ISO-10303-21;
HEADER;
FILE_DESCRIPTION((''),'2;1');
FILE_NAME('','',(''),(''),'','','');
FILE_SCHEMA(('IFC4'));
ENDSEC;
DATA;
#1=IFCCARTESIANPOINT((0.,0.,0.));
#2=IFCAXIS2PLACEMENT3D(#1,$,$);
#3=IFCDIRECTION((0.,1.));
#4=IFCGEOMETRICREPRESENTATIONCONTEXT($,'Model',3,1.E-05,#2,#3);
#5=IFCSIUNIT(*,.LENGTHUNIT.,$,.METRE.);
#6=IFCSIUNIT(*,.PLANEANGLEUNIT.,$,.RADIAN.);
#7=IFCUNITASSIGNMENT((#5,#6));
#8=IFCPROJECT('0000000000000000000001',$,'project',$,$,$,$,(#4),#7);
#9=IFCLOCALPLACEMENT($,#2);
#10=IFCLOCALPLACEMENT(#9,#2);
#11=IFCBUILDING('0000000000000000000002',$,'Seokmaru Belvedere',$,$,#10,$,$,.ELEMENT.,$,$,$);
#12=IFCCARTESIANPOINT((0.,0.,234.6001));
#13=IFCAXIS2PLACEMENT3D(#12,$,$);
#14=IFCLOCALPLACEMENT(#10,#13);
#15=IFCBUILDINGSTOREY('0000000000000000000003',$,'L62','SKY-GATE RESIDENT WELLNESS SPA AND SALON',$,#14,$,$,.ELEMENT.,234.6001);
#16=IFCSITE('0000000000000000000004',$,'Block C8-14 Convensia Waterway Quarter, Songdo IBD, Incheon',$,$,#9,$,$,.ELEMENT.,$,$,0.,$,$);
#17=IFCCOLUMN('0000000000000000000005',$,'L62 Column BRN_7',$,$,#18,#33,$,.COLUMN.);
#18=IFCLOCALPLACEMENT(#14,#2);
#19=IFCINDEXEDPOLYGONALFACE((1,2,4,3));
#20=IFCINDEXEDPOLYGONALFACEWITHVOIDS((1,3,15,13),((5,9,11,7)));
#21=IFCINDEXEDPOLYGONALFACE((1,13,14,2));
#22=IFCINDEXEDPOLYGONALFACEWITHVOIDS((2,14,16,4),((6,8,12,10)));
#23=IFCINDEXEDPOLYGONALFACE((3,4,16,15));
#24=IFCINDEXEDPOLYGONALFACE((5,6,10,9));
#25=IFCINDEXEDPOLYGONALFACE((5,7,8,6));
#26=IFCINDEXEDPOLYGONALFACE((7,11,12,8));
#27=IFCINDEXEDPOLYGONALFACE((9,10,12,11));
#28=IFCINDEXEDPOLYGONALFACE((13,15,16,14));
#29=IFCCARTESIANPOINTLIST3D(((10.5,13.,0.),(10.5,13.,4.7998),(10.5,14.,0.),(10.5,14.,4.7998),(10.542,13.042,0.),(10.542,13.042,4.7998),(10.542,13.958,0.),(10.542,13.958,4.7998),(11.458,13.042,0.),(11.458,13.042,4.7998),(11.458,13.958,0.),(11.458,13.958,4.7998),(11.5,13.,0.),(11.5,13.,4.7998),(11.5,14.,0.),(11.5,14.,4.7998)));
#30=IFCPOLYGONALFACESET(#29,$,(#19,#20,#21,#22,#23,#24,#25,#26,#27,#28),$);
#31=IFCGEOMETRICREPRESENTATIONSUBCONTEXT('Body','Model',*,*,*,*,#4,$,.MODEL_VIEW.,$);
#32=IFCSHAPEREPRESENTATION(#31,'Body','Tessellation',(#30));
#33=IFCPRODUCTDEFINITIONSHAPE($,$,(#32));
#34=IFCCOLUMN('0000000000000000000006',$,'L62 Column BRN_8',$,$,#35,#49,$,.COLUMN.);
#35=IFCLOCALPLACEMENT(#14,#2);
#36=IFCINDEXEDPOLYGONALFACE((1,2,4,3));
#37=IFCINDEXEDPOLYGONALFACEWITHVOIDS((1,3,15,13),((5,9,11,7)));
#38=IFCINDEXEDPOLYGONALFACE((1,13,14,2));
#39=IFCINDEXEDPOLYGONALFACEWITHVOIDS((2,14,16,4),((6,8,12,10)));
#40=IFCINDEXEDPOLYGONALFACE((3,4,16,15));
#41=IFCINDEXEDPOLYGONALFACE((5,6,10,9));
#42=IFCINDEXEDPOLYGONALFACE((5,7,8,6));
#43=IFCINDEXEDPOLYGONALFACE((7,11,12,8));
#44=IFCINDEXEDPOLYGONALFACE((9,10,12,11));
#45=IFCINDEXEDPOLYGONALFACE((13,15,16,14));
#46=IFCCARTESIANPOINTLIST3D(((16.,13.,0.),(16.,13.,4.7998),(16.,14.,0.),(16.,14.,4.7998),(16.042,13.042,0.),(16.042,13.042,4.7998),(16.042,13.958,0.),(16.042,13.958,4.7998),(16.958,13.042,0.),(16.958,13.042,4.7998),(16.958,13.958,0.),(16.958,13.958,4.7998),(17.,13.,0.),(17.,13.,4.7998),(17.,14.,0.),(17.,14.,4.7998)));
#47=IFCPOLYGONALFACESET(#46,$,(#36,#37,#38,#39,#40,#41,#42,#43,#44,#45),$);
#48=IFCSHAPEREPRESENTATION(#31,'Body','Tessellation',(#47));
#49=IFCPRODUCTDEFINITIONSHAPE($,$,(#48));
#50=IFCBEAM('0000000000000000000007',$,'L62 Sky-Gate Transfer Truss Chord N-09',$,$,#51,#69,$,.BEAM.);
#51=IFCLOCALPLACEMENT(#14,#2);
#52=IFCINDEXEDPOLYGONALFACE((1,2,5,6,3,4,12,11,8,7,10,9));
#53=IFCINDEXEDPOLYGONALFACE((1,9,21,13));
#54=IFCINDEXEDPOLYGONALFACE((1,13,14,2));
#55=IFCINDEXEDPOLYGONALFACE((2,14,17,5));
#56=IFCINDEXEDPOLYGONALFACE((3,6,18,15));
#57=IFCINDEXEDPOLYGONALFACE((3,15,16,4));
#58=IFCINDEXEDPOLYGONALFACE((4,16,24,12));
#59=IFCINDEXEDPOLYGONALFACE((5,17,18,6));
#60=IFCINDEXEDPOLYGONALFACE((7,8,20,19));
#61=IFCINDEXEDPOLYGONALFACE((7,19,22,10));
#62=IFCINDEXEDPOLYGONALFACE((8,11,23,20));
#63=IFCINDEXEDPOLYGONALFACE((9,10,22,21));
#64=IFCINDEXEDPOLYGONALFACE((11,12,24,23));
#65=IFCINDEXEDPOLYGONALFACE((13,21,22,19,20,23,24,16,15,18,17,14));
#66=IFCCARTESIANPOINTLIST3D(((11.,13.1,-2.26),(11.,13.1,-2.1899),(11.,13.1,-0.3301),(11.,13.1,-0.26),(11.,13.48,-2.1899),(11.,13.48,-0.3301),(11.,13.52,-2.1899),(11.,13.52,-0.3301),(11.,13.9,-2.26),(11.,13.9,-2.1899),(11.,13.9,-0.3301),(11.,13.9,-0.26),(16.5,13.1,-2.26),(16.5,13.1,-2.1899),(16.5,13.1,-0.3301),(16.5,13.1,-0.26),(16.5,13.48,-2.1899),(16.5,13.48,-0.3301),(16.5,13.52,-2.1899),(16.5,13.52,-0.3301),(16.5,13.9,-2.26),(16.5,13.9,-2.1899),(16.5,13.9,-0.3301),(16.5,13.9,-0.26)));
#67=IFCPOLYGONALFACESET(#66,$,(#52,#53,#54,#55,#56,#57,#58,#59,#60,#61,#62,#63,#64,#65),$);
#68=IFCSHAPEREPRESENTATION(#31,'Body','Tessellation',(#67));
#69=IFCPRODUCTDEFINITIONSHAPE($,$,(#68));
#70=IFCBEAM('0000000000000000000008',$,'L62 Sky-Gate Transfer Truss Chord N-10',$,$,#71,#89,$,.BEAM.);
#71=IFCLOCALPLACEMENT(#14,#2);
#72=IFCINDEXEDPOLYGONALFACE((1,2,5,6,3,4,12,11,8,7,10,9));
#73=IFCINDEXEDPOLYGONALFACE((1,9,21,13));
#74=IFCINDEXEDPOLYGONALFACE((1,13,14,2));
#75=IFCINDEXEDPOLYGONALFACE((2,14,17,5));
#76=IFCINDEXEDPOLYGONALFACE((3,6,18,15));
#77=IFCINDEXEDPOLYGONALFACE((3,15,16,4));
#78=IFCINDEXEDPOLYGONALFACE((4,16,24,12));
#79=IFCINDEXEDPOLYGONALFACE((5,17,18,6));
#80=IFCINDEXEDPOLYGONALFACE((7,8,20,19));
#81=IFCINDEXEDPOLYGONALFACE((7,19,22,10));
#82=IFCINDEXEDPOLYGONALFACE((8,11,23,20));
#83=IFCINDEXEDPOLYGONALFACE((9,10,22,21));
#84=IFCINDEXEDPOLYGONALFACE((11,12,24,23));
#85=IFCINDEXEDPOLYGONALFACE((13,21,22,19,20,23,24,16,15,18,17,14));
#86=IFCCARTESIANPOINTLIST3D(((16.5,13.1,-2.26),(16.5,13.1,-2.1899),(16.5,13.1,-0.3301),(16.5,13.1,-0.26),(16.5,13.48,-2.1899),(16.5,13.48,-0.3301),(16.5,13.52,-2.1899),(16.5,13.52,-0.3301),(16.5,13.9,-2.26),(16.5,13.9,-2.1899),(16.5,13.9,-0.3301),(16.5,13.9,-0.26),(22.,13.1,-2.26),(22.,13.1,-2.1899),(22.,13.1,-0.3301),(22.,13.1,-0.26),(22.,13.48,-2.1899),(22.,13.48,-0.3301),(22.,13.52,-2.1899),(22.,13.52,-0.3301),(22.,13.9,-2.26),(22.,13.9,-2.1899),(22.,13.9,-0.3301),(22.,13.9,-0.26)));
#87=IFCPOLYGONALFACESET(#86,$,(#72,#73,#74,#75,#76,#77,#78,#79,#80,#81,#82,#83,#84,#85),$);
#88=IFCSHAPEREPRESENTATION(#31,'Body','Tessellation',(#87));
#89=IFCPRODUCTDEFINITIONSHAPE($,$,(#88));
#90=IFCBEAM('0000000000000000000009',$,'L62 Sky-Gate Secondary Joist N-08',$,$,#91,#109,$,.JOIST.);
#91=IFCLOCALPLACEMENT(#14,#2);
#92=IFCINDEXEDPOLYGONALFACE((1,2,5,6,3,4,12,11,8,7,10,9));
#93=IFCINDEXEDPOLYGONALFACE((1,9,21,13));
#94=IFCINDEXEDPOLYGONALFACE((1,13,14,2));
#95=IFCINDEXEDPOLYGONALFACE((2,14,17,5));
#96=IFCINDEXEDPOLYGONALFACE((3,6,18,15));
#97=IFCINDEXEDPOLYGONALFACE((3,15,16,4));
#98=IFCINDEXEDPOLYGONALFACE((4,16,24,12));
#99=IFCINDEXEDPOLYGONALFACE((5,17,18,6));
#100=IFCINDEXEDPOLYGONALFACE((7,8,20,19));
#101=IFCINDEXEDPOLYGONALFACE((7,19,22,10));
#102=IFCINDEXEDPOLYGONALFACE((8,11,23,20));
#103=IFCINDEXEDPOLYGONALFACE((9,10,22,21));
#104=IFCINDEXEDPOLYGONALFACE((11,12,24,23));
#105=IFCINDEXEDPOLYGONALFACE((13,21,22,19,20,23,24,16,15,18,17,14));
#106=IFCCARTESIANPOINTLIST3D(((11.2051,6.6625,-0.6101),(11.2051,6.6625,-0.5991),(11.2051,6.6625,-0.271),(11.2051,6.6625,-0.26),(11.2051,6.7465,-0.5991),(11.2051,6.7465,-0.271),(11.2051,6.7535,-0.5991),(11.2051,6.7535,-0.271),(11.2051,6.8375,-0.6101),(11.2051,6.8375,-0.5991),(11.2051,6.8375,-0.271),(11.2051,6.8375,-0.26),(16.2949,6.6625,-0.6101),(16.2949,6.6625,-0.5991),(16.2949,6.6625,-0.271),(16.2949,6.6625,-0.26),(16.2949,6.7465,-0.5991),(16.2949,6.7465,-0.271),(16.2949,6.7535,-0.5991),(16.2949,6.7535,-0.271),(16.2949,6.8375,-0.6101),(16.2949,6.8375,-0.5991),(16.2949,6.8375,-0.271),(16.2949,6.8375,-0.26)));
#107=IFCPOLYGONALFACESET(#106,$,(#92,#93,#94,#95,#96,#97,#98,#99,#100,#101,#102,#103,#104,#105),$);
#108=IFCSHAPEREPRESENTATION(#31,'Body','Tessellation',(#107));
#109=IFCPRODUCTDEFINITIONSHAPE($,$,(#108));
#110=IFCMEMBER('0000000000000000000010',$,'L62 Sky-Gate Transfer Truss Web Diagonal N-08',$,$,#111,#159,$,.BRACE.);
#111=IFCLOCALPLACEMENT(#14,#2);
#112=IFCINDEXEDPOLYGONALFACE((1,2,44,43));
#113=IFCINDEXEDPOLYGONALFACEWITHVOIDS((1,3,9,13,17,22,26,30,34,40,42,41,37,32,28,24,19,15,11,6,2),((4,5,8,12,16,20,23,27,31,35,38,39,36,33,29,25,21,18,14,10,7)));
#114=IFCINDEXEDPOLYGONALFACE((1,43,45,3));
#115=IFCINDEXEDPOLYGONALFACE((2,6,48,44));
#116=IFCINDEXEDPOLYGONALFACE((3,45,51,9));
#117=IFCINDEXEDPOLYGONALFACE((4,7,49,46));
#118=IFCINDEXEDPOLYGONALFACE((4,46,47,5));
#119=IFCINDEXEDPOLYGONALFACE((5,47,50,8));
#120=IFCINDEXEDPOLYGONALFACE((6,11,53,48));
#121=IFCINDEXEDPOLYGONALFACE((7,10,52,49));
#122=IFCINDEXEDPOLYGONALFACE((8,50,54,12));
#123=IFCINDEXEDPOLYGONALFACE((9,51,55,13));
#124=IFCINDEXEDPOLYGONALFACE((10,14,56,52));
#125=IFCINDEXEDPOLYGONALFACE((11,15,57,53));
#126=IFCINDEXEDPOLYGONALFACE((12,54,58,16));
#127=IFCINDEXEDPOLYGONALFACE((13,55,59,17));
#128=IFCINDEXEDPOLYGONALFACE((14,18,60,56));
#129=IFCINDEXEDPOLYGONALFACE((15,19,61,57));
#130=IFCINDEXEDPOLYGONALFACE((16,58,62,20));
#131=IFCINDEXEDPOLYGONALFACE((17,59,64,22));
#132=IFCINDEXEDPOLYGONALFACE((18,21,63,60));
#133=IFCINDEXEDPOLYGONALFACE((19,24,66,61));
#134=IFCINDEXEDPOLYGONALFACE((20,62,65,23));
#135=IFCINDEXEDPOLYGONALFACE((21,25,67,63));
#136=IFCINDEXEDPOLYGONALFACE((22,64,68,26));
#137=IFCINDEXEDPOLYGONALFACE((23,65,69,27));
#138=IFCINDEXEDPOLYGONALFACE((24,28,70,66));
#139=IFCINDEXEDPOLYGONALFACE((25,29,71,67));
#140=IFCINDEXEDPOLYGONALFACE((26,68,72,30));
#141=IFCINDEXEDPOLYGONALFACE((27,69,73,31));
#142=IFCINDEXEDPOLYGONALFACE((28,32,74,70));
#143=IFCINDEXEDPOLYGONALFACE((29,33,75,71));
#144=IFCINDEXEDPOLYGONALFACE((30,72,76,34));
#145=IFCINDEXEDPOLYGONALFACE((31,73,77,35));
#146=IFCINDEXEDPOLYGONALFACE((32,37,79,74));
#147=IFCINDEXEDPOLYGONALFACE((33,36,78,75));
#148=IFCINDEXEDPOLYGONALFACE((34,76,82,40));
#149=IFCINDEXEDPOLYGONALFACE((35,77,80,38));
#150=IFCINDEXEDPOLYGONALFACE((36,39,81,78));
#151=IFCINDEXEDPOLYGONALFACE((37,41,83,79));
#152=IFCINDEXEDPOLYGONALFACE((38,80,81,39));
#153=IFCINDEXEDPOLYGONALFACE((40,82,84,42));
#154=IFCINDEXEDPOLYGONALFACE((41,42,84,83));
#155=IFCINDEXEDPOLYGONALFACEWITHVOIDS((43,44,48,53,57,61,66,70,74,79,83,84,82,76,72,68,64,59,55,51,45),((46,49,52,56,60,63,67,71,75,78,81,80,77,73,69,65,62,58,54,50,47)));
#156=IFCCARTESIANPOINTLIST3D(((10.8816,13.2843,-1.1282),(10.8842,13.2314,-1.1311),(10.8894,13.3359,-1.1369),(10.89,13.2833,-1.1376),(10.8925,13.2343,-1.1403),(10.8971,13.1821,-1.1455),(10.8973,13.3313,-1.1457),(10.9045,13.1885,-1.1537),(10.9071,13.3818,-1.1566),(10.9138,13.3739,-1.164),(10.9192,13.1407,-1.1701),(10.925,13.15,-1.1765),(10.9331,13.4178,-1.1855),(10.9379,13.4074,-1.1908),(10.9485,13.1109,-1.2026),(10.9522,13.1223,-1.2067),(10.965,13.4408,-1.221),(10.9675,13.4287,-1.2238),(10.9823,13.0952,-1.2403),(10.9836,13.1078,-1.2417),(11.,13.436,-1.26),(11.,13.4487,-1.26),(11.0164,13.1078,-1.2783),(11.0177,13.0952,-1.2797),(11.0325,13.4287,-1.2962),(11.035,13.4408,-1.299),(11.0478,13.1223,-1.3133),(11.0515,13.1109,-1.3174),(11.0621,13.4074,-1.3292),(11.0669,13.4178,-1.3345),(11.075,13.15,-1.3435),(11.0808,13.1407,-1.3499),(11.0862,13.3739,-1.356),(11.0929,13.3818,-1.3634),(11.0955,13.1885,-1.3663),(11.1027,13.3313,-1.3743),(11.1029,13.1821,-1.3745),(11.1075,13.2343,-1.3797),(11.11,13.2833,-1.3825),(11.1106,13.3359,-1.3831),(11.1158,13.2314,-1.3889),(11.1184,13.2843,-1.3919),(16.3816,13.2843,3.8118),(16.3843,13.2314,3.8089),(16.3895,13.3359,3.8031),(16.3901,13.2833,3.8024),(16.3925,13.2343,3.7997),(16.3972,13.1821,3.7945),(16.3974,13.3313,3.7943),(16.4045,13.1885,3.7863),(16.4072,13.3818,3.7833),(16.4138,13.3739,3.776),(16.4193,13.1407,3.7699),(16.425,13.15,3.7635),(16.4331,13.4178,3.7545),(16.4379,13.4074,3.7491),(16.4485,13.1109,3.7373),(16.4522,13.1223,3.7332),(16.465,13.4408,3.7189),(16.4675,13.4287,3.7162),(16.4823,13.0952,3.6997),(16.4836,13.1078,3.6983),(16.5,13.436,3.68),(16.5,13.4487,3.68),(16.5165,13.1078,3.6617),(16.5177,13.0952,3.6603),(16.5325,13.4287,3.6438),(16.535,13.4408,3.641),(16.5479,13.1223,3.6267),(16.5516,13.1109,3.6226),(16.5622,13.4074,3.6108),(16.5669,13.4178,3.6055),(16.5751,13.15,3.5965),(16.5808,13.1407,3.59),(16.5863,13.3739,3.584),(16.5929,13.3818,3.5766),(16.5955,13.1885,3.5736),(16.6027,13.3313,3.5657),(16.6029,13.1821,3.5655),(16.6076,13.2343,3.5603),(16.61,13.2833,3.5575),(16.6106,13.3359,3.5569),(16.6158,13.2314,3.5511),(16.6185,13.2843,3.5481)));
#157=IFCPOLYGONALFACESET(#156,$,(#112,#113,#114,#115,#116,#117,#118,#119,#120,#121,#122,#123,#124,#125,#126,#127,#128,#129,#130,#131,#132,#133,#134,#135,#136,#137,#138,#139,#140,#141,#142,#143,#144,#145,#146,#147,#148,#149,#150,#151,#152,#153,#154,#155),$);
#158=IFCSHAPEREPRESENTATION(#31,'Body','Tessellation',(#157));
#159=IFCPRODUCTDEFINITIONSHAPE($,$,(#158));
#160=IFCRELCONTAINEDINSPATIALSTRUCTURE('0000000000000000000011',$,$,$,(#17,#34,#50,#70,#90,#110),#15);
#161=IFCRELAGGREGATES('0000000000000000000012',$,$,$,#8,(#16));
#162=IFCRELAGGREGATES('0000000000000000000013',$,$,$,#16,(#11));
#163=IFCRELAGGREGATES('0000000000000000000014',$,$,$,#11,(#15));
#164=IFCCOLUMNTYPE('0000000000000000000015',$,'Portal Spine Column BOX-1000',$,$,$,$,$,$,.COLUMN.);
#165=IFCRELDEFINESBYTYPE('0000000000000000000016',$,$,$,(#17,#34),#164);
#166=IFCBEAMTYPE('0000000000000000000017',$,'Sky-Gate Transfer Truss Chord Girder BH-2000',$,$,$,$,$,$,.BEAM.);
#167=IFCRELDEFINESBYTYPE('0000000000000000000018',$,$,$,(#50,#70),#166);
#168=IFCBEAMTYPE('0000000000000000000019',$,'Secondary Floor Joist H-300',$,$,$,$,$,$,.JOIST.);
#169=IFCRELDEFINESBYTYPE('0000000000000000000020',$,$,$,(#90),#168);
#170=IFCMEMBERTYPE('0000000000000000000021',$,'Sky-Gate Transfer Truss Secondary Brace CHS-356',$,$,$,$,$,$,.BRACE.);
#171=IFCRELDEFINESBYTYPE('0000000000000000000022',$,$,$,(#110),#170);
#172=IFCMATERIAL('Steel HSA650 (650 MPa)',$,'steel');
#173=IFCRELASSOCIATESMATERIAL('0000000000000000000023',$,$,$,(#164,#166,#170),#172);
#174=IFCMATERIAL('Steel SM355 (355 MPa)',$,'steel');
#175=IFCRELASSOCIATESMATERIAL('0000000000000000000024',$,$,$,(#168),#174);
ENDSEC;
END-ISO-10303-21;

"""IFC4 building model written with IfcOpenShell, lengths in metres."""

from ifc_helpers import new_model, si_unit, direction, frame, origin, origin_2d, place, context, subcontext, project, spatial, hollow_rectangle, hollow_circle, i_section, extrude, source, transform, mapped, material, material_profile, profile_set, type_object, type_shapes, element, save


model = new_model("IFC4")

# Units and contexts
model_context = context("Model", 3, precision=1e-05, world=origin(), true_north=direction((0.0, 1.0)))
body_context = subcontext(model_context, "Body", "Model", "MODEL_VIEW")
ifc_project = project(units=[si_unit("LENGTHUNIT", "METRE"), si_unit("PLANEANGLEUNIT", "RADIAN")], contexts=[model_context])

# Site, building, storey
site_placement = place(None, origin())
site = spatial("IfcSite", under=ifc_project, at=site_placement, Name="Block C8-14 Convensia Waterway Quarter, Songdo IBD, Incheon", CompositionType="ELEMENT", RefElevation=0.0)
building_placement = place(site_placement, origin())
building = spatial("IfcBuilding", under=site, at=building_placement, Name="Seokmaru Belvedere", CompositionType="ELEMENT")
storey_placement = place(building_placement, frame((0.0, 0.0, 234.6001)))
storey = spatial("IfcBuildingStorey", under=building, at=storey_placement, Name="L62", Description="SKY-GATE RESIDENT WELLNESS SPA AND SALON", CompositionType="ELEMENT", Elevation=234.6001)

# Columns
ifc_material_1 = material(Name="Steel HSA650 (650 MPa)", Category="steel")
ifc_material_profile_1 = material_profile(ifc_material_1, hollow_rectangle(XDim=1.0, YDim=1.0, WallThickness=0.042, at=origin_2d()), Name="BOX-1000x1000x42")
ifc_profile_set_1 = profile_set([ifc_material_profile_1], Name="Steel HSA650 (650 MPa)")
column_type = type_object("IfcColumnType", Name="Portal Spine Column BOX-1000", PredefinedType="COLUMN", material=ifc_profile_set_1)
shared_shape_1 = source(origin(), body_context, "Body", "SweptSolid", [
    extrude(hollow_rectangle(XDim=1.0, YDim=1.0, WallThickness=0.042, at=origin_2d()), origin(), (0.0, 0.0, 1.0), 4.7998),
])
type_shapes(column_type, [shared_shape_1])
for number, where, z_axis, x_axis, name in (
    (1, (11.0, 13.5, 0.0), (0.0, 0.0, 1.0), (1.0, 0.0, 0.0), "L62 Column BRN_7"),
    (2, (16.5, 13.5, 0.0), (0.0, 0.0, 1.0), (1.0, 0.0, 0.0), "L62 Column BRN_8"),
):
    element("IfcColumn", number, at=place(storey_placement, frame(where, z_axis=z_axis, x_axis=x_axis)), inside=storey, type_object=column_type, Name=name, PredefinedType="COLUMN", context=body_context, shape_type="MappedRepresentation", body=[
        mapped(shared_shape_1, transform((0.0, 0.0, 0.0), scale=1.0)),
    ])

# Beams
ifc_material_profile_2 = material_profile(ifc_material_1, i_section(OverallWidth=0.8, OverallDepth=2.0, WebThickness=0.04, FlangeThickness=0.0701, at=origin_2d()), Name="BH-2000x800x40x70")
ifc_profile_set_2 = profile_set([ifc_material_profile_2], Name="Steel HSA650 (650 MPa)")
beam_type_1 = type_object("IfcBeamType", Name="Sky-Gate Transfer Truss Chord Girder BH-2000", PredefinedType="BEAM", material=ifc_profile_set_2)
shared_shape_2 = source(origin(), body_context, "Body", "SweptSolid", [
    extrude(i_section(OverallWidth=0.8, OverallDepth=2.0, WebThickness=0.04, FlangeThickness=0.0701, at=origin_2d()), origin(), (0.0, 0.0, 1.0), 5.5),
])
type_shapes(beam_type_1, [shared_shape_2])
for number, where, z_axis, x_axis, name in (
    (3, (11.0, 13.5, -1.26), (1.0, 0.0, 0.0), (0.0, 1.0, 0.0), "L62 Sky-Gate Transfer Truss Chord N-09"),
    (4, (16.5, 13.5, -1.26), (1.0, 0.0, 0.0), (0.0, 1.0, 0.0), "L62 Sky-Gate Transfer Truss Chord N-10"),
):
    element("IfcBeam", number, at=place(storey_placement, frame(where, z_axis=z_axis, x_axis=x_axis)), inside=storey, type_object=beam_type_1, Name=name, PredefinedType="BEAM", context=body_context, shape_type="MappedRepresentation", body=[
        mapped(shared_shape_2, transform((0.0, 0.0, 0.0), scale=1.0)),
    ])
ifc_material_2 = material(Name="Steel SM355 (355 MPa)", Category="steel")
ifc_material_profile_3 = material_profile(ifc_material_2, i_section(OverallWidth=0.175, OverallDepth=0.3501, WebThickness=0.0071, FlangeThickness=0.011, at=origin_2d()), Name="H-350x175x7x11")
ifc_profile_set_3 = profile_set([ifc_material_profile_3], Name="Steel SM355 (355 MPa)")
beam_type_2 = type_object("IfcBeamType", Name="Secondary Floor Joist H-300", PredefinedType="JOIST", material=ifc_profile_set_3)
shared_shape_3 = source(origin(), body_context, "Body", "SweptSolid", [
    extrude(i_section(OverallWidth=0.175, OverallDepth=0.3501, WebThickness=0.0071, FlangeThickness=0.011, at=origin_2d()), origin(), (0.0, 0.0, 1.0), 5.0898),
])
type_shapes(beam_type_2, [shared_shape_3])
beam_placement = place(storey_placement, frame((11.2051, 6.75, -0.4351), z_axis=(1.0, 0.0, 0.0), x_axis=(0.0, 1.0, 0.0)))
element("IfcBeam", 5, at=beam_placement, inside=storey, type_object=beam_type_2, Name="L62 Sky-Gate Secondary Joist N-08", PredefinedType="JOIST", context=body_context, shape_type="MappedRepresentation", body=[
    mapped(shared_shape_3, transform((0.0, 0.0, 0.0), scale=1.0)),
])

# Member
ifc_material_profile_4 = material_profile(ifc_material_1, hollow_circle(Radius=0.1777, WallThickness=0.0127, at=origin_2d()), Name="CHS-355.6x12.7")
ifc_profile_set_4 = profile_set([ifc_material_profile_4], Name="Steel HSA650 (650 MPa)")
member_type_1 = type_object("IfcMemberType", Name="Sky-Gate Transfer Truss Secondary Brace CHS-356", PredefinedType="BRACE", material=ifc_profile_set_4)
shared_shape_4 = source(origin(), body_context, "Body", "SweptSolid", [
    extrude(hollow_circle(Radius=0.1777, WallThickness=0.0127, at=origin_2d()), origin(), (0.0, 0.0, 1.0), 7.3928),
])
type_shapes(member_type_1, [shared_shape_4])
for number, where, z_axis, x_axis, name in (
    (6, (11.0, 13.271, -1.26), (0.74397, 0.0, 0.668213), (0.0, 1.0, 0.0), "L62 Sky-Gate Transfer Truss Web Diagonal N-08"),
):
    element("IfcMember", number, at=place(storey_placement, frame(where, z_axis=z_axis, x_axis=x_axis)), inside=storey, type_object=member_type_1, Name=name, PredefinedType="BRACE", context=body_context, shape_type="MappedRepresentation", body=[
        mapped(shared_shape_4, transform((0.0, 0.0, 0.0), scale=1.0)),
    ])

save(model, "model.ifc")
